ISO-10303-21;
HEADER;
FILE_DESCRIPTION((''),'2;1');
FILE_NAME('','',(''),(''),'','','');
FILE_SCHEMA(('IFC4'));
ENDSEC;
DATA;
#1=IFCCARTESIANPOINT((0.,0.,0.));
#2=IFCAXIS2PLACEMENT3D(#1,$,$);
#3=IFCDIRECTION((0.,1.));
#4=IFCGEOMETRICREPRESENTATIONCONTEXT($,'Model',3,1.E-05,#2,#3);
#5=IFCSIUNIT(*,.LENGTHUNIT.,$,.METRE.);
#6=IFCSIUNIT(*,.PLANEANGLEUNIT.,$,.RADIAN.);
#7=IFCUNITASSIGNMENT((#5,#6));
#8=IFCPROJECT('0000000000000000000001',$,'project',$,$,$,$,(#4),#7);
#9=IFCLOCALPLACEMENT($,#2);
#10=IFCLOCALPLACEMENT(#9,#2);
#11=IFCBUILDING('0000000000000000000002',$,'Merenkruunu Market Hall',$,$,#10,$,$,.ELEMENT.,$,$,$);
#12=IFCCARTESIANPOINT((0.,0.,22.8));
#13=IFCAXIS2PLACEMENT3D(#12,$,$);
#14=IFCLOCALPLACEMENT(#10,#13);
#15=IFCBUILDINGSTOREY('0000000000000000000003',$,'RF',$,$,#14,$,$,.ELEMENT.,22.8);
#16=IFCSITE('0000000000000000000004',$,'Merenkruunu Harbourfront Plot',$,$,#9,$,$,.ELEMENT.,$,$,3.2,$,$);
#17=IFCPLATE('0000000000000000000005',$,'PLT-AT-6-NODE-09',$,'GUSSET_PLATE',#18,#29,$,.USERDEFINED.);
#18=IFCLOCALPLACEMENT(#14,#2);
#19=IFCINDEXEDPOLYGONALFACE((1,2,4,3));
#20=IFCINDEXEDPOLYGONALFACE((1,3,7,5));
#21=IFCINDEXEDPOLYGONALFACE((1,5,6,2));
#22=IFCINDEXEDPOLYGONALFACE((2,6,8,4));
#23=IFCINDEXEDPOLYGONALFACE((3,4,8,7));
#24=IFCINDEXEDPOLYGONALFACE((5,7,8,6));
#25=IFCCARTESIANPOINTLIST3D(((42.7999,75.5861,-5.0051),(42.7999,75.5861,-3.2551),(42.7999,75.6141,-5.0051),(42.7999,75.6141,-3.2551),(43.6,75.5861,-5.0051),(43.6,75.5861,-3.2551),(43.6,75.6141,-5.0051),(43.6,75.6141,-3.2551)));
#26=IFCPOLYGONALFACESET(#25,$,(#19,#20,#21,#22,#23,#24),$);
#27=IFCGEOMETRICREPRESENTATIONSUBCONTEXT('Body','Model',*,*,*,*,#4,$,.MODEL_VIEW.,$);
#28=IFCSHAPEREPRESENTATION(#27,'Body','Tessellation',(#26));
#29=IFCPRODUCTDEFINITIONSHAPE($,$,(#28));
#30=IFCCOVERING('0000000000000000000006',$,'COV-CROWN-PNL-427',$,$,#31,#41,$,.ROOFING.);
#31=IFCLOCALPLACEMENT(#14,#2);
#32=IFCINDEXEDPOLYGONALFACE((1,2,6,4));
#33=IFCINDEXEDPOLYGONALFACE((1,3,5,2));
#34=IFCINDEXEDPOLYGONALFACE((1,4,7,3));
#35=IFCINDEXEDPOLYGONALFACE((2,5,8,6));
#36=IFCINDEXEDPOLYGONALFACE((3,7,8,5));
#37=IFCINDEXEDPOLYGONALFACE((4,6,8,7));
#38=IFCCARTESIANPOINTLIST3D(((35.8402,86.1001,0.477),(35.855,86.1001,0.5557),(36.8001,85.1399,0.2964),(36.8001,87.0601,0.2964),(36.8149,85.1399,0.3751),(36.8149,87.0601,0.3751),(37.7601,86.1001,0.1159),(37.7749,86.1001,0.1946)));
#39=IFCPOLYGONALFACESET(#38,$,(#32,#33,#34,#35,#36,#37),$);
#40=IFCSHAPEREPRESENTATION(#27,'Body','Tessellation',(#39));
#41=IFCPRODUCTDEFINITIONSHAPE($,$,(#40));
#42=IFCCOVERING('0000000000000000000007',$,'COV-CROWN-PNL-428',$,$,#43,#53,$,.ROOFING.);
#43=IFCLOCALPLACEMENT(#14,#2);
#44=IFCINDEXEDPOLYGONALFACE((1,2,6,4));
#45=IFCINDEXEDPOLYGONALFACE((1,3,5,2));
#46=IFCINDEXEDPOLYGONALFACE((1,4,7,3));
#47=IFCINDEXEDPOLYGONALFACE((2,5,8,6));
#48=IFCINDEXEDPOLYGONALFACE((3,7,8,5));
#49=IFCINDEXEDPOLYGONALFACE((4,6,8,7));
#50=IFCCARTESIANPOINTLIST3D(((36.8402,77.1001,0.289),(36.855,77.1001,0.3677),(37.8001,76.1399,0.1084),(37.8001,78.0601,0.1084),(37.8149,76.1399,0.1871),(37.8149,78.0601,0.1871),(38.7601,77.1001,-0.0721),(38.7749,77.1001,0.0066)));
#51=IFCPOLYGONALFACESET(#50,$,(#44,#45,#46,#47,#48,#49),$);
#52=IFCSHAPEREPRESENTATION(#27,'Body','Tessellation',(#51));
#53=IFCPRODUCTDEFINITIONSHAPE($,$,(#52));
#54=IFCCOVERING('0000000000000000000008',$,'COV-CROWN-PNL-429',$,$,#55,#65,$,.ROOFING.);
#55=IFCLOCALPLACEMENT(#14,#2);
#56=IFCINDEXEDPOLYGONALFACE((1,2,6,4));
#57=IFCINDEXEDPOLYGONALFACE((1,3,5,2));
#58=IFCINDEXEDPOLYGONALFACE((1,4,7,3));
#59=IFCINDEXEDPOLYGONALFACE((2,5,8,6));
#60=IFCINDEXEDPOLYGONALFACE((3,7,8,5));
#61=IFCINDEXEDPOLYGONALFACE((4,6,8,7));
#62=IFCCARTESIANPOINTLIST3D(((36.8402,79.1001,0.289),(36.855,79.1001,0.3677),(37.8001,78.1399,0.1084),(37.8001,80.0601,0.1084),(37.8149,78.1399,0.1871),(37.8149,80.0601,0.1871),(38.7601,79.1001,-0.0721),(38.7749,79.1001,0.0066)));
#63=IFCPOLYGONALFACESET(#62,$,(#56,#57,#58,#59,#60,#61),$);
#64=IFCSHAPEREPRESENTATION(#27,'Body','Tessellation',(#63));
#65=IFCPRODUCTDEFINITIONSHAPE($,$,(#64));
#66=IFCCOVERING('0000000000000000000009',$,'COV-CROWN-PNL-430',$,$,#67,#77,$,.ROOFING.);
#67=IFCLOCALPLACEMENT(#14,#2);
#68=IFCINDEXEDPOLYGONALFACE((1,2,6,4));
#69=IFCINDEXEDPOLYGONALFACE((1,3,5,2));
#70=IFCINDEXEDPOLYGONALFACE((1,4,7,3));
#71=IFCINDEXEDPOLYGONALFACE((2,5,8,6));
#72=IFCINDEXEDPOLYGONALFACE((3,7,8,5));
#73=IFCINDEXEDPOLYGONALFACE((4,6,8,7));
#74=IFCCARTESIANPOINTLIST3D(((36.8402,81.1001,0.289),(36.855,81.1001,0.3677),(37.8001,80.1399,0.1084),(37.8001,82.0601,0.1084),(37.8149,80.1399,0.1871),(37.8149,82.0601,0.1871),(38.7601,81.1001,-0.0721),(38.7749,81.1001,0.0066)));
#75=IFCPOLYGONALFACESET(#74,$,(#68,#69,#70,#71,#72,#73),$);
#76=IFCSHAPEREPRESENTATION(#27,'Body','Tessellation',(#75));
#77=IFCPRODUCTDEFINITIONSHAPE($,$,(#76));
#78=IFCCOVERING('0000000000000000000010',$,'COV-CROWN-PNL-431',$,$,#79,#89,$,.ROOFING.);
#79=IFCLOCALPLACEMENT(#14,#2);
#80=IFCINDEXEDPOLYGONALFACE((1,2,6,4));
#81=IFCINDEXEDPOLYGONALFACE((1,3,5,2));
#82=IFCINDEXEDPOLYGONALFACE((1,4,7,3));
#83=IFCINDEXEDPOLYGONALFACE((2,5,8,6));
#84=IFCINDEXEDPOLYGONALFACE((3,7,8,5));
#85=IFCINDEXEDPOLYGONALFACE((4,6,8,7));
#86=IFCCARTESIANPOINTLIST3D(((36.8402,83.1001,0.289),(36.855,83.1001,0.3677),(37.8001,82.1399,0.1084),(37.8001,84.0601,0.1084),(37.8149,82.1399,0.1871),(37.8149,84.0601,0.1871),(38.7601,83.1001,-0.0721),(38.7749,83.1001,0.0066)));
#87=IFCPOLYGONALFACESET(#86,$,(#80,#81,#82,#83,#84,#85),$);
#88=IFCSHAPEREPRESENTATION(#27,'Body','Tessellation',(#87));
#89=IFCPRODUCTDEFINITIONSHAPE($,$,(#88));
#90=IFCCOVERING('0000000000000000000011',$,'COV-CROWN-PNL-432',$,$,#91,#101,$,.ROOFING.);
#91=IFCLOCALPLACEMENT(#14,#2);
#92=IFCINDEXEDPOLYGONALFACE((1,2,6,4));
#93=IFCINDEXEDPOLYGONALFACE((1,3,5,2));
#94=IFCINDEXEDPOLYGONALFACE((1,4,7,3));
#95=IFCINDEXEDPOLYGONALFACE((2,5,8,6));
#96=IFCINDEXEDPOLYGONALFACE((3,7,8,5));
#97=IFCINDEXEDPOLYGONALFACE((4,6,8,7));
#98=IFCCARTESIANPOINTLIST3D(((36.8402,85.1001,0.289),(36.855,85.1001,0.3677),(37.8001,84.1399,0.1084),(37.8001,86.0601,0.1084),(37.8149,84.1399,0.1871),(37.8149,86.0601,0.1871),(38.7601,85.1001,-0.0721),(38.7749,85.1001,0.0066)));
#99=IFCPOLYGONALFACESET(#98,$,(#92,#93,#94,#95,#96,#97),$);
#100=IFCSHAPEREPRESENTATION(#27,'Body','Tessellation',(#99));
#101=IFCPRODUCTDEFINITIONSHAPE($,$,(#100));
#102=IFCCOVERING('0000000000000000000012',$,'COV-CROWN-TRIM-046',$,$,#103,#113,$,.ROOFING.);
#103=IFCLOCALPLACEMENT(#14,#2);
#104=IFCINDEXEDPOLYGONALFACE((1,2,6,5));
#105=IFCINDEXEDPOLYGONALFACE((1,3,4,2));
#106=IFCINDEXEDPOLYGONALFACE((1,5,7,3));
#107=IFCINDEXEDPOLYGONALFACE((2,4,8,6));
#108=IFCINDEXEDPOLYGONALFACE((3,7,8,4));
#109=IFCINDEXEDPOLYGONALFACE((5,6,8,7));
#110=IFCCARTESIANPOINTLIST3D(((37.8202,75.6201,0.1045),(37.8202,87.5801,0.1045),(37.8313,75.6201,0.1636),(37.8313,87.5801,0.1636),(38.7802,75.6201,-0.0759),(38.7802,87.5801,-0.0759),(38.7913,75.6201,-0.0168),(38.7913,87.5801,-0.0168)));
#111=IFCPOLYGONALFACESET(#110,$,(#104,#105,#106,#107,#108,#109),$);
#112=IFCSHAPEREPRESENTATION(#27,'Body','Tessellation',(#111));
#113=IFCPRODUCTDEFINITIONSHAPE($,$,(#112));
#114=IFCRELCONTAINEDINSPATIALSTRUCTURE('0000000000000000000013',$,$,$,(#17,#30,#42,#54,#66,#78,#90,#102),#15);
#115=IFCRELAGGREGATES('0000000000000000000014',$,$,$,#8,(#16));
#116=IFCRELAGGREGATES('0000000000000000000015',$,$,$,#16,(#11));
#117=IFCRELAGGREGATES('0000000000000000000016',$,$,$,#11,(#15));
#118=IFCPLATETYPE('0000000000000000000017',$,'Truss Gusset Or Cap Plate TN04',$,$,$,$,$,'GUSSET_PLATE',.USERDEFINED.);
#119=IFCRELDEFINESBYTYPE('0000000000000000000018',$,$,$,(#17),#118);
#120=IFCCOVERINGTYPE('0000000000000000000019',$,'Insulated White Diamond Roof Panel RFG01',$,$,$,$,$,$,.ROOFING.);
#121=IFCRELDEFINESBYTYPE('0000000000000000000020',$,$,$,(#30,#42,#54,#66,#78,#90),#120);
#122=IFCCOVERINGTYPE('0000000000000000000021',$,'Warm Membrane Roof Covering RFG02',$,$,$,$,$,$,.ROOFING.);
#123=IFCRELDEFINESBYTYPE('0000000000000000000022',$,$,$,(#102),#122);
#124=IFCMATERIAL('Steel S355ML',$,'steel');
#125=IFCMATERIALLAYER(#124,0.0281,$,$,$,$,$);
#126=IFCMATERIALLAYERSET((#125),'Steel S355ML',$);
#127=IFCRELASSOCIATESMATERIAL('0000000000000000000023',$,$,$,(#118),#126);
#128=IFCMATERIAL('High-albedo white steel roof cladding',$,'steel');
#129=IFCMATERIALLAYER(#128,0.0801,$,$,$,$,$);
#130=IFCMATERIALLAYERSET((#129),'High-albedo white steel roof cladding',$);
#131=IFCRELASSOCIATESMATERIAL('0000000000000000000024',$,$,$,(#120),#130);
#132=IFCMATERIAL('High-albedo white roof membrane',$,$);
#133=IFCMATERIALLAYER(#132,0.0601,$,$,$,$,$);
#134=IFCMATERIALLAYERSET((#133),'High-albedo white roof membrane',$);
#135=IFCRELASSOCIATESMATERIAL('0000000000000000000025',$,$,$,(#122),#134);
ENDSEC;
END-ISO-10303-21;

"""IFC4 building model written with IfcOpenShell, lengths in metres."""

from ifc_helpers import new_model, si_unit, direction, frame, origin, origin_2d, place, context, subcontext, project, spatial, polyline, rectangle, outline, extrude, material, layer, layer_set, type_object, element, save


model = new_model("IFC4")

# Units and contexts
model_context = context("Model", 3, precision=1e-05, world=origin(), true_north=direction((0.0, 1.0)))
body_context = subcontext(model_context, "Body", "Model", "MODEL_VIEW")
ifc_project = project(units=[si_unit("LENGTHUNIT", "METRE"), si_unit("PLANEANGLEUNIT", "RADIAN")], contexts=[model_context])

# Site, building, storey
site_placement = place(None, origin())
site = spatial("IfcSite", under=ifc_project, at=site_placement, Name="Merenkruunu Harbourfront Plot", CompositionType="ELEMENT", RefElevation=3.2)
building_placement = place(site_placement, origin())
building = spatial("IfcBuilding", under=site, at=building_placement, Name="Merenkruunu Market Hall", CompositionType="ELEMENT")
storey_placement = place(building_placement, frame((0.0, 0.0, 22.8)))
storey = spatial("IfcBuildingStorey", under=building, at=storey_placement, Name="RF", CompositionType="ELEMENT", Elevation=22.8)

# Shared definitions
ifc_material_1 = material(Name="Steel S355ML", Category="steel")

# Plate
ifc_layer_1 = layer(ifc_material_1, 0.0281)
ifc_layer_set_1 = layer_set([ifc_layer_1], Name="Steel S355ML")
plate_type_1 = type_object("IfcPlateType", Name="Truss Gusset Or Cap Plate TN04", ElementType="GUSSET_PLATE", PredefinedType="USERDEFINED", material=ifc_layer_set_1)
plate_1_placement = place(storey_placement, frame((43.2, 75.6001, -5.0051), z_axis=(0.0, 0.0, 1.0), x_axis=(1.0, 0.0, 0.0)))
element("IfcPlate", 1, at=plate_1_placement, inside=storey, type_object=plate_type_1, Name="PLT-AT-6-NODE-09", ObjectType="GUSSET_PLATE", PredefinedType="USERDEFINED", context=body_context, shape_type="SweptSolid", body=[
    extrude(rectangle(XDim=0.8, YDim=0.0281, at=origin_2d()), origin(), (0.0, 0.0, 1.0), 1.75),
])

# Coverings
ifc_material_2 = material(Name="High-albedo white steel roof cladding", Category="steel")
ifc_layer_2 = layer(ifc_material_2, 0.0801)
ifc_layer_set_2 = layer_set([ifc_layer_2], Name="High-albedo white steel roof cladding")
covering_type_1 = type_object("IfcCoveringType", Name="Insulated White Diamond Roof Panel RFG01", PredefinedType="ROOFING", material=ifc_layer_set_2)
for number, where, z_axis, x_axis, name in (
    (2, (35.855, 86.1001, 0.5557), (0.184832, 0.0, 0.98277), (0.70084, -0.701035, -0.131809), "COV-CROWN-PNL-427"),
    (3, (36.855, 77.1001, 0.3677), (0.184832, 0.0, 0.98277), (0.70084, -0.701035, -0.131809), "COV-CROWN-PNL-428"),
    (4, (36.855, 79.1001, 0.3677), (0.184832, 0.0, 0.98277), (0.70084, -0.701035, -0.131809), "COV-CROWN-PNL-429"),
    (5, (36.855, 81.1001, 0.3677), (0.184832, 0.0, 0.98277), (0.70084, -0.701035, -0.131809), "COV-CROWN-PNL-430"),
    (6, (36.855, 83.1001, 0.3677), (0.184832, 0.0, 0.98277), (0.70084, -0.701035, -0.131809), "COV-CROWN-PNL-431"),
    (7, (36.855, 85.1001, 0.3677), (0.184832, 0.0, 0.98277), (0.70084, -0.701035, -0.131809), "COV-CROWN-PNL-432"),
):
    element("IfcCovering", number, at=place(storey_placement, frame(where, z_axis=z_axis, x_axis=x_axis)), inside=storey, type_object=covering_type_1, Name=name, PredefinedType="ROOFING", context=body_context, shape_type="SweptSolid", body=[
        extrude(outline(polyline([(0.0, 0.0), (1.3697, 0.0), (1.3932, 1.3695), (0.0236, 1.3693), (0.0, 0.0)])), origin(), (0.0, 0.0, -1.0), 0.0801),
    ])
ifc_material_3 = material(Name="High-albedo white roof membrane")
ifc_layer_3 = layer(ifc_material_3, 0.0601)
ifc_layer_set_3 = layer_set([ifc_layer_3], Name="High-albedo white roof membrane")
covering_type_2 = type_object("IfcCoveringType", Name="Warm Membrane Roof Covering RFG02", PredefinedType="ROOFING", material=ifc_layer_set_3)
covering_placement = place(storey_placement, frame((37.8313, 75.6201, 0.1636), z_axis=(0.184711, 0.0, 0.982793), x_axis=(0.982793, 0.0, -0.184711)))
element("IfcCovering", 8, at=covering_placement, inside=storey, type_object=covering_type_2, Name="COV-CROWN-TRIM-046", PredefinedType="ROOFING", context=body_context, shape_type="SweptSolid", body=[
    extrude(outline(polyline([(0.0, 0.0), (0.9768, 0.0), (0.9768, 11.96), (0.0, 11.96), (0.0, 0.0)])), origin(), (0.0, 0.0, -1.0), 0.0601),
])

save(model, "model.ifc")
